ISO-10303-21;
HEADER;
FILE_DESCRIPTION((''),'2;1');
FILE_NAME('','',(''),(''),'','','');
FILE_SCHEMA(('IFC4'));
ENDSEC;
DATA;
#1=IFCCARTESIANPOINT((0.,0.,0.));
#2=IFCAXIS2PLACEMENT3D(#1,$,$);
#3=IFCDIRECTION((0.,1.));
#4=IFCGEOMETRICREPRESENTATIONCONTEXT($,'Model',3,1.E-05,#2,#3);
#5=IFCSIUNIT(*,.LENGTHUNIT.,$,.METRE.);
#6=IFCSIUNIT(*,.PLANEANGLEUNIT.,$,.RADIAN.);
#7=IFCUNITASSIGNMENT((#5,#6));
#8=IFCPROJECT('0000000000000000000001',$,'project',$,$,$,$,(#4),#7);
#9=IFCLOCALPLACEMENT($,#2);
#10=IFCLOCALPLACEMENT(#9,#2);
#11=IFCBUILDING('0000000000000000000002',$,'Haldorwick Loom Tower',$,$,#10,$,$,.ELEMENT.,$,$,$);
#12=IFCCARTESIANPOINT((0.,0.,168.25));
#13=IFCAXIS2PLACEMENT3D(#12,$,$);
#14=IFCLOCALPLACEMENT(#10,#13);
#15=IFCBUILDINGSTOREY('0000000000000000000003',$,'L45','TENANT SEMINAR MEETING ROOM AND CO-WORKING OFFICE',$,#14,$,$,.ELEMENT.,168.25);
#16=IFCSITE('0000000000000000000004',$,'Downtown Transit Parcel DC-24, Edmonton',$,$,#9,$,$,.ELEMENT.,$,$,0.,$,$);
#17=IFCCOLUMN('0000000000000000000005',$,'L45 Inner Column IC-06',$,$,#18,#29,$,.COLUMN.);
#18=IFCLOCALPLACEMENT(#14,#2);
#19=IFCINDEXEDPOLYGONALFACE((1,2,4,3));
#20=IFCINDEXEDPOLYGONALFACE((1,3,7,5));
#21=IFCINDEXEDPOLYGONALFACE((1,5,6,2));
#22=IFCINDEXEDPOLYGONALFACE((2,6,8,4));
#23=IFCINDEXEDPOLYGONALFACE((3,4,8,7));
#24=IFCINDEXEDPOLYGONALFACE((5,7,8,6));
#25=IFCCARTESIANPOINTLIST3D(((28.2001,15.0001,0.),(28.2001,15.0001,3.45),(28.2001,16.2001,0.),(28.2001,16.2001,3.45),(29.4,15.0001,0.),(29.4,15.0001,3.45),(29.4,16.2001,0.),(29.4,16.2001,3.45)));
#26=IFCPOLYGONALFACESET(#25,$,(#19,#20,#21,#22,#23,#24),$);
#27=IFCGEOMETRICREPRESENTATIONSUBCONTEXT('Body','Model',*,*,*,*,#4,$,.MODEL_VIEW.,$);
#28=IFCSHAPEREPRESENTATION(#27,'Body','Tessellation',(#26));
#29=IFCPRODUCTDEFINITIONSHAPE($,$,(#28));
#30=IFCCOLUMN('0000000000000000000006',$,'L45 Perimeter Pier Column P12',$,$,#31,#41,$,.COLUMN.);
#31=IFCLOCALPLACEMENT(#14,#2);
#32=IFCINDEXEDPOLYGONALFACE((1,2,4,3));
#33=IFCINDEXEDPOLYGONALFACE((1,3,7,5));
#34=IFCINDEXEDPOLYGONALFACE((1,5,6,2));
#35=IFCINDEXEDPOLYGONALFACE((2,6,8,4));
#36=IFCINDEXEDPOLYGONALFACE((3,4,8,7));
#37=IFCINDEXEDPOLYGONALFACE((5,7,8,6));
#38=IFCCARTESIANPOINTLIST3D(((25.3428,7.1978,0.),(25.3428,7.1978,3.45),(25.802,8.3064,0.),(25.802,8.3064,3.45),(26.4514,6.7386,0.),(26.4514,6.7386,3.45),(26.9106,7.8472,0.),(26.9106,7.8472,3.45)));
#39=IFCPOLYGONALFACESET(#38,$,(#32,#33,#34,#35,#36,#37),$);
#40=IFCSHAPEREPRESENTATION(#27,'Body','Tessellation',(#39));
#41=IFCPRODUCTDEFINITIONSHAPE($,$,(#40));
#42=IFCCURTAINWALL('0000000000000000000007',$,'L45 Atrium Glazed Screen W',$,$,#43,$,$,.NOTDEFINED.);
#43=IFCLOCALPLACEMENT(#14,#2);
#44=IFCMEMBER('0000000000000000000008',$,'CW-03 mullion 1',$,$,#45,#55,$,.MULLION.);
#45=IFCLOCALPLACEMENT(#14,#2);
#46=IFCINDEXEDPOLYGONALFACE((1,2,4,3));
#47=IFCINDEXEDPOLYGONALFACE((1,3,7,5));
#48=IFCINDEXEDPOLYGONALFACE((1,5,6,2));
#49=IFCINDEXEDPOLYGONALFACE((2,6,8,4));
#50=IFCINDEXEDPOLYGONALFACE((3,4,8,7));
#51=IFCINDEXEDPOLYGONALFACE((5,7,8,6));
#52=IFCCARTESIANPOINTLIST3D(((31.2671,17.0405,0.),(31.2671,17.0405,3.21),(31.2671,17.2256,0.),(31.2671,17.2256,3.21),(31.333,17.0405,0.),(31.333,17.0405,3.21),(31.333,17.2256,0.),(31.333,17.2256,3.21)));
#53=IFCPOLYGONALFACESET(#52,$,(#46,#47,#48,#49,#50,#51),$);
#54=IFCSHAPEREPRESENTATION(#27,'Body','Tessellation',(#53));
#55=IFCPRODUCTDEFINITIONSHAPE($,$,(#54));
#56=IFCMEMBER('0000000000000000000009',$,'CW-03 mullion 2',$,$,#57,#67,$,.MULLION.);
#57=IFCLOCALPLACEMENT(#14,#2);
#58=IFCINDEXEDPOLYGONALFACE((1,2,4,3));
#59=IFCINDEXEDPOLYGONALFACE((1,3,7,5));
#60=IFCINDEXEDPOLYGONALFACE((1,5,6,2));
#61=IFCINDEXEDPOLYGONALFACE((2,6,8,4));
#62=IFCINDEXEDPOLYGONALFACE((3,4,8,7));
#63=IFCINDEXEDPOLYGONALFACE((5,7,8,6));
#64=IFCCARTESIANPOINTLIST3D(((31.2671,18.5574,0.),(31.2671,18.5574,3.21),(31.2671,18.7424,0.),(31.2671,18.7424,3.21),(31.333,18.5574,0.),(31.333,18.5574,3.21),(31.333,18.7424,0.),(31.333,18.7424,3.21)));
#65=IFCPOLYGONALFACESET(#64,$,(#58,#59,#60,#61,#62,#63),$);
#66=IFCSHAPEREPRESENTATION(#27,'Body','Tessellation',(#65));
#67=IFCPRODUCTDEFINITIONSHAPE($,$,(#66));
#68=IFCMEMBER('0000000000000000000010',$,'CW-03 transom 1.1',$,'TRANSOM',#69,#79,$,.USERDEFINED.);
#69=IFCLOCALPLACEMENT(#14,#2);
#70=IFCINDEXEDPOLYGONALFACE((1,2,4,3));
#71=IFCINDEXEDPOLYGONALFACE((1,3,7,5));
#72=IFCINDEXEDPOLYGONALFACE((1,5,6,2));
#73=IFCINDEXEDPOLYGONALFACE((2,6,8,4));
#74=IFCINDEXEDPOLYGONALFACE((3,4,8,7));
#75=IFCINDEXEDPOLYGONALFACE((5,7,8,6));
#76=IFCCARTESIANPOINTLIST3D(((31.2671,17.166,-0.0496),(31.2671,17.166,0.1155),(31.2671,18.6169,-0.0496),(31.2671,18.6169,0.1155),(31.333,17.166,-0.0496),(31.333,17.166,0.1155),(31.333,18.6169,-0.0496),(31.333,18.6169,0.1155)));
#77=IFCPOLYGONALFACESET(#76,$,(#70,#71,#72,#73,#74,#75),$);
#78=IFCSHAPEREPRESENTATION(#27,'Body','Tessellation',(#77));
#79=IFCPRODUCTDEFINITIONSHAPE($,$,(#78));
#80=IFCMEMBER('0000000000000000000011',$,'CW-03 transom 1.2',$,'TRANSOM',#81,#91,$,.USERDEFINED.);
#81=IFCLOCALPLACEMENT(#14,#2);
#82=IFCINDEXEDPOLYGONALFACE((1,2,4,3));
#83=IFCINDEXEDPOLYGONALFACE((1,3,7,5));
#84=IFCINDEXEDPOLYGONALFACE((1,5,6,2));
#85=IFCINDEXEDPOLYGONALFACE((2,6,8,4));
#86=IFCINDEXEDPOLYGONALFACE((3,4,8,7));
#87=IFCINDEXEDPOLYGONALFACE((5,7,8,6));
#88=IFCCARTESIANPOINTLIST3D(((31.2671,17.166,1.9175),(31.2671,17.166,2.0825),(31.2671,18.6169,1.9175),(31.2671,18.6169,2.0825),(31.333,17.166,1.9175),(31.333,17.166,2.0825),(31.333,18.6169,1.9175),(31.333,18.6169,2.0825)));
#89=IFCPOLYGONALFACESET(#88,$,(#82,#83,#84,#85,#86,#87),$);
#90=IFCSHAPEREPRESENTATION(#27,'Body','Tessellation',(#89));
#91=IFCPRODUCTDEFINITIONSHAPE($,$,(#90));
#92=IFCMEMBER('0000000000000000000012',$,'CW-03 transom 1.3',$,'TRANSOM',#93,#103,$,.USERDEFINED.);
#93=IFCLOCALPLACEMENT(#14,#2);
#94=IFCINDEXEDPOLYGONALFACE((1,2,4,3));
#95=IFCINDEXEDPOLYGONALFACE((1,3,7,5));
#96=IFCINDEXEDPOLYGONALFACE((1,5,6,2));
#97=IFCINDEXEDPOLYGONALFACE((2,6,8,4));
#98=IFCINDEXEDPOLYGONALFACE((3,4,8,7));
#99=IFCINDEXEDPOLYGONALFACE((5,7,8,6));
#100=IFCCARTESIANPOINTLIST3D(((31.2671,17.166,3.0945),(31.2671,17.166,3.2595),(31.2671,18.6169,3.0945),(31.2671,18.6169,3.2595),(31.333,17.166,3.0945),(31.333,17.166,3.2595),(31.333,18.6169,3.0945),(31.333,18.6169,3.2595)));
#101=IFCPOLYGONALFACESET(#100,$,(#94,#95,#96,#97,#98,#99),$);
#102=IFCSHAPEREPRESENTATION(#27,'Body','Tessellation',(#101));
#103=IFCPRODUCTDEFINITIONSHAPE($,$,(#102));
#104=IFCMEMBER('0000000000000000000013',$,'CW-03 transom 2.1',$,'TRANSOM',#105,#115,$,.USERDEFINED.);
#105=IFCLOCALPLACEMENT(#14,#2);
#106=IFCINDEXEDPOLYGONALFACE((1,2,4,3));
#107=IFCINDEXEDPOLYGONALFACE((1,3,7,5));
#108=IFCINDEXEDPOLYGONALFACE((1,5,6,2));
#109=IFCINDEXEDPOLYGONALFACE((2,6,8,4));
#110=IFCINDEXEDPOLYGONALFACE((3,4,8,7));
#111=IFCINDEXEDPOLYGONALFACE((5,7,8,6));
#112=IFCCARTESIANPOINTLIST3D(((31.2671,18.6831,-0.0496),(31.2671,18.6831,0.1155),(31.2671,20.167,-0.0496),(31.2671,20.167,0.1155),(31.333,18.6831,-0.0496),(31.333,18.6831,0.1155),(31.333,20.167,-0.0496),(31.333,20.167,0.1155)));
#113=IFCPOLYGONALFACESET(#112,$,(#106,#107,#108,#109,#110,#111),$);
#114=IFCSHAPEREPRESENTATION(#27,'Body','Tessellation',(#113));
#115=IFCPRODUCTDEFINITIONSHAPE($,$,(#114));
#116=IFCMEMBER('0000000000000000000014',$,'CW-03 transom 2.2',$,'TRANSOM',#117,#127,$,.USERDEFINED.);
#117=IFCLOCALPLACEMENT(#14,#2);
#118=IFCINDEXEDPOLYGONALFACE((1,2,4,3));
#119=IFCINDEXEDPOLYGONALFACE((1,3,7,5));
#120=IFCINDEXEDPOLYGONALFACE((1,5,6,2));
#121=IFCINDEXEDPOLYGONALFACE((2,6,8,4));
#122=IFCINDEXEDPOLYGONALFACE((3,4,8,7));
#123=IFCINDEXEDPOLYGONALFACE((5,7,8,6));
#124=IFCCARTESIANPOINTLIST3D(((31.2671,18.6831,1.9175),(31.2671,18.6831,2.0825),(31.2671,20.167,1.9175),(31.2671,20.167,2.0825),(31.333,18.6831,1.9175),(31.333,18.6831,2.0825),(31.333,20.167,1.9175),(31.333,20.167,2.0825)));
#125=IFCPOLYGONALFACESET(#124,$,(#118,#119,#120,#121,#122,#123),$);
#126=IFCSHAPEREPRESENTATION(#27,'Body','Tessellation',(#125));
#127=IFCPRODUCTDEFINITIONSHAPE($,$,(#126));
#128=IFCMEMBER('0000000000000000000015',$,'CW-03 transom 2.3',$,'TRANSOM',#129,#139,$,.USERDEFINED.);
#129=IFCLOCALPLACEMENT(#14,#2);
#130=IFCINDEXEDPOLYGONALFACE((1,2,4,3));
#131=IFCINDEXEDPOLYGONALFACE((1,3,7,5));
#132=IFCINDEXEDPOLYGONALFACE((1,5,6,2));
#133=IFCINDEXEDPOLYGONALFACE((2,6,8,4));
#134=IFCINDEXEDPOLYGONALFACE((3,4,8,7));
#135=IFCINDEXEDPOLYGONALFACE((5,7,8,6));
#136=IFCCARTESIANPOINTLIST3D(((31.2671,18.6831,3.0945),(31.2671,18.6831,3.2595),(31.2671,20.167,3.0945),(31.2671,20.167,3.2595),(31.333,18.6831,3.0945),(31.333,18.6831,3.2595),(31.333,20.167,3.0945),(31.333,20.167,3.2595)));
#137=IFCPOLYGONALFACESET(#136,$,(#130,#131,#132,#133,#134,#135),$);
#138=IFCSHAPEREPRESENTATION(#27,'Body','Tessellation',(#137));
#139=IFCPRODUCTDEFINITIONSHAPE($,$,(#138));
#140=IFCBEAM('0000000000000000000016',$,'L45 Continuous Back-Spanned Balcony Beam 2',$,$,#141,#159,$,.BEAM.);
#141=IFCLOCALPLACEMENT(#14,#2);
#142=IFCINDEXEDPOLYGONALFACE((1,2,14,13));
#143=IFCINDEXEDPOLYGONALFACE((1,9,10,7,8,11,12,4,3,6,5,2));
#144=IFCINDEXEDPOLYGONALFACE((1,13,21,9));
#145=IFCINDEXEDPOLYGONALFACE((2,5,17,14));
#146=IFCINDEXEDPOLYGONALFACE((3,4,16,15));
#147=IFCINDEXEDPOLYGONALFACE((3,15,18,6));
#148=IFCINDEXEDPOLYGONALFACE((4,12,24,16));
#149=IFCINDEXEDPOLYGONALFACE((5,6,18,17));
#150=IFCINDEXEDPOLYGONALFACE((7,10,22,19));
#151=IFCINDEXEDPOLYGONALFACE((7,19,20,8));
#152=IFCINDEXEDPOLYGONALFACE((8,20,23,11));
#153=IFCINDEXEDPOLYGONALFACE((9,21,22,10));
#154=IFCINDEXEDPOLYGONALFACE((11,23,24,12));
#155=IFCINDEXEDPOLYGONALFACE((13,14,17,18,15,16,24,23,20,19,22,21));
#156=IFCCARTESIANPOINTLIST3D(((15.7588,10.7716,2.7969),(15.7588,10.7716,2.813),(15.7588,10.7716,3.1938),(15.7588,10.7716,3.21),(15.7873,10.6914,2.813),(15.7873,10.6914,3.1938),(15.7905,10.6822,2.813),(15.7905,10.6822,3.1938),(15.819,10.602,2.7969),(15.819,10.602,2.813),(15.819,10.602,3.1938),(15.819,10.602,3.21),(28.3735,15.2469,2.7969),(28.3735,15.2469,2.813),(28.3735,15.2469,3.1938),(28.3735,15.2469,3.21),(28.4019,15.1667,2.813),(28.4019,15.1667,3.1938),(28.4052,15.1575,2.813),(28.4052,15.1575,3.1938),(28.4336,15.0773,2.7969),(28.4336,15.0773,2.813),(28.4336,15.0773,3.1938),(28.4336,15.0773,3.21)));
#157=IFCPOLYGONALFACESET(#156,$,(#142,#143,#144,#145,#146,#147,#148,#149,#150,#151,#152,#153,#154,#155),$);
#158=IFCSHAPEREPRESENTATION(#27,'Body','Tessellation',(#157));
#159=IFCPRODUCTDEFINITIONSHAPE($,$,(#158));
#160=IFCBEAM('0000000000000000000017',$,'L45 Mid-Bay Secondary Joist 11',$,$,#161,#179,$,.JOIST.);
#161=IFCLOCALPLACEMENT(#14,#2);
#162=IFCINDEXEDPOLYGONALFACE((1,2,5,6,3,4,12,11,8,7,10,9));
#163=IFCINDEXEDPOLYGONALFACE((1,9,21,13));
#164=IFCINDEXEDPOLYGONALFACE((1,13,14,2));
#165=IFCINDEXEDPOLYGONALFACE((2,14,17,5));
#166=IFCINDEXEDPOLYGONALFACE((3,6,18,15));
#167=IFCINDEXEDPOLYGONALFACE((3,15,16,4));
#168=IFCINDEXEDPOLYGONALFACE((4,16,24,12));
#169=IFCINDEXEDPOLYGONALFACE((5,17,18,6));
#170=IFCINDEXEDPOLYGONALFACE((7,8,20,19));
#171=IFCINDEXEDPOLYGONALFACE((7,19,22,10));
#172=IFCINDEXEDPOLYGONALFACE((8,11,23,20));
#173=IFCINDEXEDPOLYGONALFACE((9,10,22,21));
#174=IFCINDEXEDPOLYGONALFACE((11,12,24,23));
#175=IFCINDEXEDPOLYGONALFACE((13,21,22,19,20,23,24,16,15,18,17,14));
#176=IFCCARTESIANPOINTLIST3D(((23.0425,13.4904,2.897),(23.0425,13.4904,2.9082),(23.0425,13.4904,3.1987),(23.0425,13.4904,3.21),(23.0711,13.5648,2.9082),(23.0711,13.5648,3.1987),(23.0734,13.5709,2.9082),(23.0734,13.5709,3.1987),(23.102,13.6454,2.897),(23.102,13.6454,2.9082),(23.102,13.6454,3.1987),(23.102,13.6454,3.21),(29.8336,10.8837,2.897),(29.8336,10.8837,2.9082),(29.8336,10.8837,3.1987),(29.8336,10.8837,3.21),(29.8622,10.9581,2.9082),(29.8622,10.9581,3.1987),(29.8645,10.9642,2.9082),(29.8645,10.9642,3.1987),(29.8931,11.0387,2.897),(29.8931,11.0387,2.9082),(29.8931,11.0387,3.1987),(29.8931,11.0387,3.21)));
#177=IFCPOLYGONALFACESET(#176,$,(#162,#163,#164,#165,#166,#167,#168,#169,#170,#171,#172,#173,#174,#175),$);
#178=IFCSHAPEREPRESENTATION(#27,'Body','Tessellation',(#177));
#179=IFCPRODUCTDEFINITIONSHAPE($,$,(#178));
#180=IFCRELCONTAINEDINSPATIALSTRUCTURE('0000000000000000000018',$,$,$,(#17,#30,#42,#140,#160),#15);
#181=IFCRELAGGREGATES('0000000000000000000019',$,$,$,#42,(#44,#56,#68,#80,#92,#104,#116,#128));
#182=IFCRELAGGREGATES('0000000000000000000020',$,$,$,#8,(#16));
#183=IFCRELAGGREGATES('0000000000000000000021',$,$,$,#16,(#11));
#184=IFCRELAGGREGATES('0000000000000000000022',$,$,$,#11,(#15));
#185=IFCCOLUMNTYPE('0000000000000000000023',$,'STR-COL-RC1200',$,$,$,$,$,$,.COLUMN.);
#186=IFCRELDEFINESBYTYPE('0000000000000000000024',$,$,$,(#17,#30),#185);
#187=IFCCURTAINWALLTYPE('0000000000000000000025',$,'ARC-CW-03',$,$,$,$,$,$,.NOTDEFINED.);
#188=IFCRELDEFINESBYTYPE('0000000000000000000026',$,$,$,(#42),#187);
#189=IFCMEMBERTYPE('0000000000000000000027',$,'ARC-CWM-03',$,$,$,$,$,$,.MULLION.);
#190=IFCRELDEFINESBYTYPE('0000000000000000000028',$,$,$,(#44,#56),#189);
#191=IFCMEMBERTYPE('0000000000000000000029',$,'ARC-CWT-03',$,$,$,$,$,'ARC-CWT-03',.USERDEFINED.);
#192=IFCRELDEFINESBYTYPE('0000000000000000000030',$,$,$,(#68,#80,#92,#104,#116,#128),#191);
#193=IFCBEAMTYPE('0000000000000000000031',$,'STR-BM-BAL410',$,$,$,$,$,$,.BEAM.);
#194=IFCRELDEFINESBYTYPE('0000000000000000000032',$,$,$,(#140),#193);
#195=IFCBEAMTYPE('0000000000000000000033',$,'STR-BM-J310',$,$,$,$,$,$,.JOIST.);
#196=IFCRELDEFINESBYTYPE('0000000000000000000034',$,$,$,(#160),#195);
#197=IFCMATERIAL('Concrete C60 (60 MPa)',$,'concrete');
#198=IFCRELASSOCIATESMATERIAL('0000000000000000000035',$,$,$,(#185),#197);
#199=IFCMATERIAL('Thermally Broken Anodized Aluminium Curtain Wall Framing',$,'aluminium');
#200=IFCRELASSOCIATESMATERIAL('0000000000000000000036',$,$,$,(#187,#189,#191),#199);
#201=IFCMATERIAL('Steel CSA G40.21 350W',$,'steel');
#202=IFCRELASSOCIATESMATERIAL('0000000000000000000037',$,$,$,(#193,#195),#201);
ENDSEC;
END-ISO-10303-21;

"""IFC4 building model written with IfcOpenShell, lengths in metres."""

from ifc_helpers import new_model, si_unit, direction, frame, origin, origin_2d, place, context, subcontext, project, spatial, rectangle, i_section, extrude, material, material_profile, profile_set, type_object, element, aggregate, save


model = new_model("IFC4")

# Units and contexts
model_context = context("Model", 3, precision=1e-05, world=origin(), true_north=direction((0.0, 1.0)))
body_context = subcontext(model_context, "Body", "Model", "MODEL_VIEW")
ifc_project = project(units=[si_unit("LENGTHUNIT", "METRE"), si_unit("PLANEANGLEUNIT", "RADIAN")], contexts=[model_context])

# Site, building, storey
site_placement = place(None, origin())
site = spatial("IfcSite", under=ifc_project, at=site_placement, Name="Downtown Transit Parcel DC-24, Edmonton", CompositionType="ELEMENT", RefElevation=0.0)
building_placement = place(site_placement, origin())
building = spatial("IfcBuilding", under=site, at=building_placement, Name="Haldorwick Loom Tower", CompositionType="ELEMENT")
storey_placement = place(building_placement, frame((0.0, 0.0, 168.25)))
storey = spatial("IfcBuildingStorey", under=building, at=storey_placement, Name="L45", Description="TENANT SEMINAR MEETING ROOM AND CO-WORKING OFFICE", CompositionType="ELEMENT", Elevation=168.25)

# Columns
ifc_material_1 = material(Name="Concrete C60 (60 MPa)", Category="concrete")
ifc_material_profile_1 = material_profile(ifc_material_1, rectangle(XDim=1.2, YDim=1.2, at=origin_2d()), Name="RC1200X1200", Category="concrete")
ifc_profile_set_1 = profile_set([ifc_material_profile_1], Name="Concrete C60 (60 MPa)")
column_type = type_object("IfcColumnType", Name="STR-COL-RC1200", PredefinedType="COLUMN", material=ifc_profile_set_1)
for number, where, z_axis, x_axis, name in (
    (1, (28.8, 15.6001, 0.0), (0.0, 0.0, 1.0), (1.0, 0.0, 0.0), "L45 Inner Column IC-06"),
    (2, (26.1267, 7.5225, 0.0), (0.0, 0.0, 1.0), (-0.382683, -0.92388, 0.0), "L45 Perimeter Pier Column P12"),
):
    element("IfcColumn", number, at=place(storey_placement, frame(where, z_axis=z_axis, x_axis=x_axis)), inside=storey, type_object=column_type, Name=name, PredefinedType="COLUMN", context=body_context, shape_type="SweptSolid", body=[
        extrude(rectangle(XDim=1.2, YDim=1.2, at=origin_2d()), origin(), (0.0, 0.0, 1.0), 3.45),
    ])

# Curtain wall, members
ifc_material_2 = material(Name="Thermally Broken Anodized Aluminium Curtain Wall Framing", Category="aluminium")
curtain_wall_type = type_object("IfcCurtainWallType", Name="ARC-CW-03", PredefinedType="NOTDEFINED", material=ifc_material_2)
curtain_wall_placement = place(storey_placement, origin())
curtain_wall = element("IfcCurtainWall", 3, at=curtain_wall_placement, inside=storey, type_object=curtain_wall_type, Name="L45 Atrium Glazed Screen W", PredefinedType="NOTDEFINED")
ifc_material_profile_2 = material_profile(ifc_material_2, rectangle(XDim=0.0659, YDim=0.1851, at=origin_2d()), Name="ALU_MUL_66X185", Category="aluminium")
ifc_profile_set_2 = profile_set([ifc_material_profile_2], Name="Thermally Broken Anodized Aluminium Curtain Wall Framing")
member_type_1 = type_object("IfcMemberType", Name="ARC-CWM-03", PredefinedType="MULLION", material=ifc_profile_set_2)
member_1_placement = place(storey_placement, frame((31.3, 17.1331, 0.0), z_axis=(0.0, 0.0, 1.0), x_axis=(-1.0, 0.0, 0.0)))
member_1 = element("IfcMember", 4, at=member_1_placement, type_object=member_type_1, Name="CW-03 mullion 1", PredefinedType="MULLION", context=body_context, shape_type="SweptSolid", body=[
    extrude(rectangle(XDim=0.0659, YDim=0.1851, at=origin_2d()), origin(), (0.0, 0.0, 1.0), 3.21),
])
member_2_placement = place(storey_placement, frame((31.3, 18.6499, 0.0), z_axis=(0.0, 0.0, 1.0), x_axis=(-1.0, 0.0, 0.0)))
member_2 = element("IfcMember", 5, at=member_2_placement, type_object=member_type_1, Name="CW-03 mullion 2", PredefinedType="MULLION", context=body_context, shape_type="SweptSolid", body=[
    extrude(rectangle(XDim=0.0659, YDim=0.1851, at=origin_2d()), origin(), (0.0, 0.0, 1.0), 3.21),
])
ifc_material_profile_3 = material_profile(ifc_material_2, rectangle(XDim=0.0659, YDim=0.165, at=origin_2d()), Name="ALU_TRN_66X165", Category="aluminium")
ifc_profile_set_3 = profile_set([ifc_material_profile_3], Name="Thermally Broken Anodized Aluminium Curtain Wall Framing")
member_type_2 = type_object("IfcMemberType", Name="ARC-CWT-03", ElementType="ARC-CWT-03", PredefinedType="USERDEFINED", material=ifc_profile_set_3)
member_3_placement = place(storey_placement, frame((31.3, 17.166, 0.033), z_axis=(0.0, 1.0, 0.0), x_axis=(-1.0, 0.0, 0.0)))
member_3 = element("IfcMember", 6, at=member_3_placement, type_object=member_type_2, Name="CW-03 transom 1.1", ObjectType="TRANSOM", PredefinedType="USERDEFINED", context=body_context, shape_type="SweptSolid", body=[
    extrude(rectangle(XDim=0.0659, YDim=0.165, at=origin_2d()), origin(), (0.0, 0.0, 1.0), 1.4509),
])
member_4_placement = place(storey_placement, frame((31.3, 17.166, 2.0), z_axis=(0.0, 1.0, 0.0), x_axis=(-1.0, 0.0, 0.0)))
member_4 = element("IfcMember", 7, at=member_4_placement, type_object=member_type_2, Name="CW-03 transom 1.2", ObjectType="TRANSOM", PredefinedType="USERDEFINED", context=body_context, shape_type="SweptSolid", body=[
    extrude(rectangle(XDim=0.0659, YDim=0.165, at=origin_2d()), origin(), (0.0, 0.0, 1.0), 1.4509),
])
member_5_placement = place(storey_placement, frame((31.3, 17.166, 3.177), z_axis=(0.0, 1.0, 0.0), x_axis=(-1.0, 0.0, 0.0)))
member_5 = element("IfcMember", 8, at=member_5_placement, type_object=member_type_2, Name="CW-03 transom 1.3", ObjectType="TRANSOM", PredefinedType="USERDEFINED", context=body_context, shape_type="SweptSolid", body=[
    extrude(rectangle(XDim=0.0659, YDim=0.165, at=origin_2d()), origin(), (0.0, 0.0, 1.0), 1.4509),
])
member_6_placement = place(storey_placement, frame((31.3, 18.6831, 0.033), z_axis=(0.0, 1.0, 0.0), x_axis=(-1.0, 0.0, 0.0)))
member_6 = element("IfcMember", 9, at=member_6_placement, type_object=member_type_2, Name="CW-03 transom 2.1", ObjectType="TRANSOM", PredefinedType="USERDEFINED", context=body_context, shape_type="SweptSolid", body=[
    extrude(rectangle(XDim=0.0659, YDim=0.165, at=origin_2d()), origin(), (0.0, 0.0, 1.0), 1.4839),
])
member_7_placement = place(storey_placement, frame((31.3, 18.6831, 2.0), z_axis=(0.0, 1.0, 0.0), x_axis=(-1.0, 0.0, 0.0)))
member_7 = element("IfcMember", 10, at=member_7_placement, type_object=member_type_2, Name="CW-03 transom 2.2", ObjectType="TRANSOM", PredefinedType="USERDEFINED", context=body_context, shape_type="SweptSolid", body=[
    extrude(rectangle(XDim=0.0659, YDim=0.165, at=origin_2d()), origin(), (0.0, 0.0, 1.0), 1.4839),
])
member_8_placement = place(storey_placement, frame((31.3, 18.6831, 3.177), z_axis=(0.0, 1.0, 0.0), x_axis=(-1.0, 0.0, 0.0)))
member_8 = element("IfcMember", 11, at=member_8_placement, type_object=member_type_2, Name="CW-03 transom 2.3", ObjectType="TRANSOM", PredefinedType="USERDEFINED", context=body_context, shape_type="SweptSolid", body=[
    extrude(rectangle(XDim=0.0659, YDim=0.165, at=origin_2d()), origin(), (0.0, 0.0, 1.0), 1.4839),
])

# Beams
ifc_material_3 = material(Name="Steel CSA G40.21 350W", Category="steel")
ifc_material_profile_4 = material_profile(ifc_material_3, i_section(OverallWidth=0.1799, OverallDepth=0.4131, WebThickness=0.0098, FlangeThickness=0.0161, at=origin_2d()), Name="W410X74", Category="steel")
ifc_profile_set_4 = profile_set([ifc_material_profile_4], Name="Steel CSA G40.21 350W")
beam_type_1 = type_object("IfcBeamType", Name="STR-BM-BAL410", PredefinedType="BEAM", material=ifc_profile_set_4)
beam_1_placement = place(storey_placement, frame((28.4036, 15.1621, 3.0034), z_axis=(-0.942448, -0.334353, 0.0), x_axis=(0.334353, -0.942448, 0.0)))
element("IfcBeam", 12, at=beam_1_placement, inside=storey, type_object=beam_type_1, Name="L45 Continuous Back-Spanned Balcony Beam 2", PredefinedType="BEAM", context=body_context, shape_type="SweptSolid", body=[
    extrude(i_section(OverallWidth=0.1799, OverallDepth=0.4131, WebThickness=0.0098, FlangeThickness=0.0161, at=origin_2d()), origin(), (0.0, 0.0, 1.0), 13.385),
])
ifc_material_profile_5 = material_profile(ifc_material_3, i_section(OverallWidth=0.166, OverallDepth=0.313, WebThickness=0.0066, FlangeThickness=0.0112, at=origin_2d()), Name="W310X45", Category="steel")
ifc_profile_set_5 = profile_set([ifc_material_profile_5], Name="Steel CSA G40.21 350W")
beam_type_2 = type_object("IfcBeamType", Name="STR-BM-J310", PredefinedType="JOIST", material=ifc_profile_set_5)
beam_2_placement = place(storey_placement, frame((23.0723, 13.5679, 3.0535), z_axis=(0.933587, -0.358352, 0.0), x_axis=(0.358352, 0.933587, 0.0)))
element("IfcBeam", 13, at=beam_2_placement, inside=storey, type_object=beam_type_2, Name="L45 Mid-Bay Secondary Joist 11", PredefinedType="JOIST", context=body_context, shape_type="SweptSolid", body=[
    extrude(i_section(OverallWidth=0.166, OverallDepth=0.313, WebThickness=0.0066, FlangeThickness=0.0112, at=origin_2d()), origin(), (0.0, 0.0, 1.0), 7.2742),
])

aggregate(curtain_wall, [member_1, member_2, member_3, member_4, member_5, member_6, member_7, member_8])

save(model, "model.ifc")
